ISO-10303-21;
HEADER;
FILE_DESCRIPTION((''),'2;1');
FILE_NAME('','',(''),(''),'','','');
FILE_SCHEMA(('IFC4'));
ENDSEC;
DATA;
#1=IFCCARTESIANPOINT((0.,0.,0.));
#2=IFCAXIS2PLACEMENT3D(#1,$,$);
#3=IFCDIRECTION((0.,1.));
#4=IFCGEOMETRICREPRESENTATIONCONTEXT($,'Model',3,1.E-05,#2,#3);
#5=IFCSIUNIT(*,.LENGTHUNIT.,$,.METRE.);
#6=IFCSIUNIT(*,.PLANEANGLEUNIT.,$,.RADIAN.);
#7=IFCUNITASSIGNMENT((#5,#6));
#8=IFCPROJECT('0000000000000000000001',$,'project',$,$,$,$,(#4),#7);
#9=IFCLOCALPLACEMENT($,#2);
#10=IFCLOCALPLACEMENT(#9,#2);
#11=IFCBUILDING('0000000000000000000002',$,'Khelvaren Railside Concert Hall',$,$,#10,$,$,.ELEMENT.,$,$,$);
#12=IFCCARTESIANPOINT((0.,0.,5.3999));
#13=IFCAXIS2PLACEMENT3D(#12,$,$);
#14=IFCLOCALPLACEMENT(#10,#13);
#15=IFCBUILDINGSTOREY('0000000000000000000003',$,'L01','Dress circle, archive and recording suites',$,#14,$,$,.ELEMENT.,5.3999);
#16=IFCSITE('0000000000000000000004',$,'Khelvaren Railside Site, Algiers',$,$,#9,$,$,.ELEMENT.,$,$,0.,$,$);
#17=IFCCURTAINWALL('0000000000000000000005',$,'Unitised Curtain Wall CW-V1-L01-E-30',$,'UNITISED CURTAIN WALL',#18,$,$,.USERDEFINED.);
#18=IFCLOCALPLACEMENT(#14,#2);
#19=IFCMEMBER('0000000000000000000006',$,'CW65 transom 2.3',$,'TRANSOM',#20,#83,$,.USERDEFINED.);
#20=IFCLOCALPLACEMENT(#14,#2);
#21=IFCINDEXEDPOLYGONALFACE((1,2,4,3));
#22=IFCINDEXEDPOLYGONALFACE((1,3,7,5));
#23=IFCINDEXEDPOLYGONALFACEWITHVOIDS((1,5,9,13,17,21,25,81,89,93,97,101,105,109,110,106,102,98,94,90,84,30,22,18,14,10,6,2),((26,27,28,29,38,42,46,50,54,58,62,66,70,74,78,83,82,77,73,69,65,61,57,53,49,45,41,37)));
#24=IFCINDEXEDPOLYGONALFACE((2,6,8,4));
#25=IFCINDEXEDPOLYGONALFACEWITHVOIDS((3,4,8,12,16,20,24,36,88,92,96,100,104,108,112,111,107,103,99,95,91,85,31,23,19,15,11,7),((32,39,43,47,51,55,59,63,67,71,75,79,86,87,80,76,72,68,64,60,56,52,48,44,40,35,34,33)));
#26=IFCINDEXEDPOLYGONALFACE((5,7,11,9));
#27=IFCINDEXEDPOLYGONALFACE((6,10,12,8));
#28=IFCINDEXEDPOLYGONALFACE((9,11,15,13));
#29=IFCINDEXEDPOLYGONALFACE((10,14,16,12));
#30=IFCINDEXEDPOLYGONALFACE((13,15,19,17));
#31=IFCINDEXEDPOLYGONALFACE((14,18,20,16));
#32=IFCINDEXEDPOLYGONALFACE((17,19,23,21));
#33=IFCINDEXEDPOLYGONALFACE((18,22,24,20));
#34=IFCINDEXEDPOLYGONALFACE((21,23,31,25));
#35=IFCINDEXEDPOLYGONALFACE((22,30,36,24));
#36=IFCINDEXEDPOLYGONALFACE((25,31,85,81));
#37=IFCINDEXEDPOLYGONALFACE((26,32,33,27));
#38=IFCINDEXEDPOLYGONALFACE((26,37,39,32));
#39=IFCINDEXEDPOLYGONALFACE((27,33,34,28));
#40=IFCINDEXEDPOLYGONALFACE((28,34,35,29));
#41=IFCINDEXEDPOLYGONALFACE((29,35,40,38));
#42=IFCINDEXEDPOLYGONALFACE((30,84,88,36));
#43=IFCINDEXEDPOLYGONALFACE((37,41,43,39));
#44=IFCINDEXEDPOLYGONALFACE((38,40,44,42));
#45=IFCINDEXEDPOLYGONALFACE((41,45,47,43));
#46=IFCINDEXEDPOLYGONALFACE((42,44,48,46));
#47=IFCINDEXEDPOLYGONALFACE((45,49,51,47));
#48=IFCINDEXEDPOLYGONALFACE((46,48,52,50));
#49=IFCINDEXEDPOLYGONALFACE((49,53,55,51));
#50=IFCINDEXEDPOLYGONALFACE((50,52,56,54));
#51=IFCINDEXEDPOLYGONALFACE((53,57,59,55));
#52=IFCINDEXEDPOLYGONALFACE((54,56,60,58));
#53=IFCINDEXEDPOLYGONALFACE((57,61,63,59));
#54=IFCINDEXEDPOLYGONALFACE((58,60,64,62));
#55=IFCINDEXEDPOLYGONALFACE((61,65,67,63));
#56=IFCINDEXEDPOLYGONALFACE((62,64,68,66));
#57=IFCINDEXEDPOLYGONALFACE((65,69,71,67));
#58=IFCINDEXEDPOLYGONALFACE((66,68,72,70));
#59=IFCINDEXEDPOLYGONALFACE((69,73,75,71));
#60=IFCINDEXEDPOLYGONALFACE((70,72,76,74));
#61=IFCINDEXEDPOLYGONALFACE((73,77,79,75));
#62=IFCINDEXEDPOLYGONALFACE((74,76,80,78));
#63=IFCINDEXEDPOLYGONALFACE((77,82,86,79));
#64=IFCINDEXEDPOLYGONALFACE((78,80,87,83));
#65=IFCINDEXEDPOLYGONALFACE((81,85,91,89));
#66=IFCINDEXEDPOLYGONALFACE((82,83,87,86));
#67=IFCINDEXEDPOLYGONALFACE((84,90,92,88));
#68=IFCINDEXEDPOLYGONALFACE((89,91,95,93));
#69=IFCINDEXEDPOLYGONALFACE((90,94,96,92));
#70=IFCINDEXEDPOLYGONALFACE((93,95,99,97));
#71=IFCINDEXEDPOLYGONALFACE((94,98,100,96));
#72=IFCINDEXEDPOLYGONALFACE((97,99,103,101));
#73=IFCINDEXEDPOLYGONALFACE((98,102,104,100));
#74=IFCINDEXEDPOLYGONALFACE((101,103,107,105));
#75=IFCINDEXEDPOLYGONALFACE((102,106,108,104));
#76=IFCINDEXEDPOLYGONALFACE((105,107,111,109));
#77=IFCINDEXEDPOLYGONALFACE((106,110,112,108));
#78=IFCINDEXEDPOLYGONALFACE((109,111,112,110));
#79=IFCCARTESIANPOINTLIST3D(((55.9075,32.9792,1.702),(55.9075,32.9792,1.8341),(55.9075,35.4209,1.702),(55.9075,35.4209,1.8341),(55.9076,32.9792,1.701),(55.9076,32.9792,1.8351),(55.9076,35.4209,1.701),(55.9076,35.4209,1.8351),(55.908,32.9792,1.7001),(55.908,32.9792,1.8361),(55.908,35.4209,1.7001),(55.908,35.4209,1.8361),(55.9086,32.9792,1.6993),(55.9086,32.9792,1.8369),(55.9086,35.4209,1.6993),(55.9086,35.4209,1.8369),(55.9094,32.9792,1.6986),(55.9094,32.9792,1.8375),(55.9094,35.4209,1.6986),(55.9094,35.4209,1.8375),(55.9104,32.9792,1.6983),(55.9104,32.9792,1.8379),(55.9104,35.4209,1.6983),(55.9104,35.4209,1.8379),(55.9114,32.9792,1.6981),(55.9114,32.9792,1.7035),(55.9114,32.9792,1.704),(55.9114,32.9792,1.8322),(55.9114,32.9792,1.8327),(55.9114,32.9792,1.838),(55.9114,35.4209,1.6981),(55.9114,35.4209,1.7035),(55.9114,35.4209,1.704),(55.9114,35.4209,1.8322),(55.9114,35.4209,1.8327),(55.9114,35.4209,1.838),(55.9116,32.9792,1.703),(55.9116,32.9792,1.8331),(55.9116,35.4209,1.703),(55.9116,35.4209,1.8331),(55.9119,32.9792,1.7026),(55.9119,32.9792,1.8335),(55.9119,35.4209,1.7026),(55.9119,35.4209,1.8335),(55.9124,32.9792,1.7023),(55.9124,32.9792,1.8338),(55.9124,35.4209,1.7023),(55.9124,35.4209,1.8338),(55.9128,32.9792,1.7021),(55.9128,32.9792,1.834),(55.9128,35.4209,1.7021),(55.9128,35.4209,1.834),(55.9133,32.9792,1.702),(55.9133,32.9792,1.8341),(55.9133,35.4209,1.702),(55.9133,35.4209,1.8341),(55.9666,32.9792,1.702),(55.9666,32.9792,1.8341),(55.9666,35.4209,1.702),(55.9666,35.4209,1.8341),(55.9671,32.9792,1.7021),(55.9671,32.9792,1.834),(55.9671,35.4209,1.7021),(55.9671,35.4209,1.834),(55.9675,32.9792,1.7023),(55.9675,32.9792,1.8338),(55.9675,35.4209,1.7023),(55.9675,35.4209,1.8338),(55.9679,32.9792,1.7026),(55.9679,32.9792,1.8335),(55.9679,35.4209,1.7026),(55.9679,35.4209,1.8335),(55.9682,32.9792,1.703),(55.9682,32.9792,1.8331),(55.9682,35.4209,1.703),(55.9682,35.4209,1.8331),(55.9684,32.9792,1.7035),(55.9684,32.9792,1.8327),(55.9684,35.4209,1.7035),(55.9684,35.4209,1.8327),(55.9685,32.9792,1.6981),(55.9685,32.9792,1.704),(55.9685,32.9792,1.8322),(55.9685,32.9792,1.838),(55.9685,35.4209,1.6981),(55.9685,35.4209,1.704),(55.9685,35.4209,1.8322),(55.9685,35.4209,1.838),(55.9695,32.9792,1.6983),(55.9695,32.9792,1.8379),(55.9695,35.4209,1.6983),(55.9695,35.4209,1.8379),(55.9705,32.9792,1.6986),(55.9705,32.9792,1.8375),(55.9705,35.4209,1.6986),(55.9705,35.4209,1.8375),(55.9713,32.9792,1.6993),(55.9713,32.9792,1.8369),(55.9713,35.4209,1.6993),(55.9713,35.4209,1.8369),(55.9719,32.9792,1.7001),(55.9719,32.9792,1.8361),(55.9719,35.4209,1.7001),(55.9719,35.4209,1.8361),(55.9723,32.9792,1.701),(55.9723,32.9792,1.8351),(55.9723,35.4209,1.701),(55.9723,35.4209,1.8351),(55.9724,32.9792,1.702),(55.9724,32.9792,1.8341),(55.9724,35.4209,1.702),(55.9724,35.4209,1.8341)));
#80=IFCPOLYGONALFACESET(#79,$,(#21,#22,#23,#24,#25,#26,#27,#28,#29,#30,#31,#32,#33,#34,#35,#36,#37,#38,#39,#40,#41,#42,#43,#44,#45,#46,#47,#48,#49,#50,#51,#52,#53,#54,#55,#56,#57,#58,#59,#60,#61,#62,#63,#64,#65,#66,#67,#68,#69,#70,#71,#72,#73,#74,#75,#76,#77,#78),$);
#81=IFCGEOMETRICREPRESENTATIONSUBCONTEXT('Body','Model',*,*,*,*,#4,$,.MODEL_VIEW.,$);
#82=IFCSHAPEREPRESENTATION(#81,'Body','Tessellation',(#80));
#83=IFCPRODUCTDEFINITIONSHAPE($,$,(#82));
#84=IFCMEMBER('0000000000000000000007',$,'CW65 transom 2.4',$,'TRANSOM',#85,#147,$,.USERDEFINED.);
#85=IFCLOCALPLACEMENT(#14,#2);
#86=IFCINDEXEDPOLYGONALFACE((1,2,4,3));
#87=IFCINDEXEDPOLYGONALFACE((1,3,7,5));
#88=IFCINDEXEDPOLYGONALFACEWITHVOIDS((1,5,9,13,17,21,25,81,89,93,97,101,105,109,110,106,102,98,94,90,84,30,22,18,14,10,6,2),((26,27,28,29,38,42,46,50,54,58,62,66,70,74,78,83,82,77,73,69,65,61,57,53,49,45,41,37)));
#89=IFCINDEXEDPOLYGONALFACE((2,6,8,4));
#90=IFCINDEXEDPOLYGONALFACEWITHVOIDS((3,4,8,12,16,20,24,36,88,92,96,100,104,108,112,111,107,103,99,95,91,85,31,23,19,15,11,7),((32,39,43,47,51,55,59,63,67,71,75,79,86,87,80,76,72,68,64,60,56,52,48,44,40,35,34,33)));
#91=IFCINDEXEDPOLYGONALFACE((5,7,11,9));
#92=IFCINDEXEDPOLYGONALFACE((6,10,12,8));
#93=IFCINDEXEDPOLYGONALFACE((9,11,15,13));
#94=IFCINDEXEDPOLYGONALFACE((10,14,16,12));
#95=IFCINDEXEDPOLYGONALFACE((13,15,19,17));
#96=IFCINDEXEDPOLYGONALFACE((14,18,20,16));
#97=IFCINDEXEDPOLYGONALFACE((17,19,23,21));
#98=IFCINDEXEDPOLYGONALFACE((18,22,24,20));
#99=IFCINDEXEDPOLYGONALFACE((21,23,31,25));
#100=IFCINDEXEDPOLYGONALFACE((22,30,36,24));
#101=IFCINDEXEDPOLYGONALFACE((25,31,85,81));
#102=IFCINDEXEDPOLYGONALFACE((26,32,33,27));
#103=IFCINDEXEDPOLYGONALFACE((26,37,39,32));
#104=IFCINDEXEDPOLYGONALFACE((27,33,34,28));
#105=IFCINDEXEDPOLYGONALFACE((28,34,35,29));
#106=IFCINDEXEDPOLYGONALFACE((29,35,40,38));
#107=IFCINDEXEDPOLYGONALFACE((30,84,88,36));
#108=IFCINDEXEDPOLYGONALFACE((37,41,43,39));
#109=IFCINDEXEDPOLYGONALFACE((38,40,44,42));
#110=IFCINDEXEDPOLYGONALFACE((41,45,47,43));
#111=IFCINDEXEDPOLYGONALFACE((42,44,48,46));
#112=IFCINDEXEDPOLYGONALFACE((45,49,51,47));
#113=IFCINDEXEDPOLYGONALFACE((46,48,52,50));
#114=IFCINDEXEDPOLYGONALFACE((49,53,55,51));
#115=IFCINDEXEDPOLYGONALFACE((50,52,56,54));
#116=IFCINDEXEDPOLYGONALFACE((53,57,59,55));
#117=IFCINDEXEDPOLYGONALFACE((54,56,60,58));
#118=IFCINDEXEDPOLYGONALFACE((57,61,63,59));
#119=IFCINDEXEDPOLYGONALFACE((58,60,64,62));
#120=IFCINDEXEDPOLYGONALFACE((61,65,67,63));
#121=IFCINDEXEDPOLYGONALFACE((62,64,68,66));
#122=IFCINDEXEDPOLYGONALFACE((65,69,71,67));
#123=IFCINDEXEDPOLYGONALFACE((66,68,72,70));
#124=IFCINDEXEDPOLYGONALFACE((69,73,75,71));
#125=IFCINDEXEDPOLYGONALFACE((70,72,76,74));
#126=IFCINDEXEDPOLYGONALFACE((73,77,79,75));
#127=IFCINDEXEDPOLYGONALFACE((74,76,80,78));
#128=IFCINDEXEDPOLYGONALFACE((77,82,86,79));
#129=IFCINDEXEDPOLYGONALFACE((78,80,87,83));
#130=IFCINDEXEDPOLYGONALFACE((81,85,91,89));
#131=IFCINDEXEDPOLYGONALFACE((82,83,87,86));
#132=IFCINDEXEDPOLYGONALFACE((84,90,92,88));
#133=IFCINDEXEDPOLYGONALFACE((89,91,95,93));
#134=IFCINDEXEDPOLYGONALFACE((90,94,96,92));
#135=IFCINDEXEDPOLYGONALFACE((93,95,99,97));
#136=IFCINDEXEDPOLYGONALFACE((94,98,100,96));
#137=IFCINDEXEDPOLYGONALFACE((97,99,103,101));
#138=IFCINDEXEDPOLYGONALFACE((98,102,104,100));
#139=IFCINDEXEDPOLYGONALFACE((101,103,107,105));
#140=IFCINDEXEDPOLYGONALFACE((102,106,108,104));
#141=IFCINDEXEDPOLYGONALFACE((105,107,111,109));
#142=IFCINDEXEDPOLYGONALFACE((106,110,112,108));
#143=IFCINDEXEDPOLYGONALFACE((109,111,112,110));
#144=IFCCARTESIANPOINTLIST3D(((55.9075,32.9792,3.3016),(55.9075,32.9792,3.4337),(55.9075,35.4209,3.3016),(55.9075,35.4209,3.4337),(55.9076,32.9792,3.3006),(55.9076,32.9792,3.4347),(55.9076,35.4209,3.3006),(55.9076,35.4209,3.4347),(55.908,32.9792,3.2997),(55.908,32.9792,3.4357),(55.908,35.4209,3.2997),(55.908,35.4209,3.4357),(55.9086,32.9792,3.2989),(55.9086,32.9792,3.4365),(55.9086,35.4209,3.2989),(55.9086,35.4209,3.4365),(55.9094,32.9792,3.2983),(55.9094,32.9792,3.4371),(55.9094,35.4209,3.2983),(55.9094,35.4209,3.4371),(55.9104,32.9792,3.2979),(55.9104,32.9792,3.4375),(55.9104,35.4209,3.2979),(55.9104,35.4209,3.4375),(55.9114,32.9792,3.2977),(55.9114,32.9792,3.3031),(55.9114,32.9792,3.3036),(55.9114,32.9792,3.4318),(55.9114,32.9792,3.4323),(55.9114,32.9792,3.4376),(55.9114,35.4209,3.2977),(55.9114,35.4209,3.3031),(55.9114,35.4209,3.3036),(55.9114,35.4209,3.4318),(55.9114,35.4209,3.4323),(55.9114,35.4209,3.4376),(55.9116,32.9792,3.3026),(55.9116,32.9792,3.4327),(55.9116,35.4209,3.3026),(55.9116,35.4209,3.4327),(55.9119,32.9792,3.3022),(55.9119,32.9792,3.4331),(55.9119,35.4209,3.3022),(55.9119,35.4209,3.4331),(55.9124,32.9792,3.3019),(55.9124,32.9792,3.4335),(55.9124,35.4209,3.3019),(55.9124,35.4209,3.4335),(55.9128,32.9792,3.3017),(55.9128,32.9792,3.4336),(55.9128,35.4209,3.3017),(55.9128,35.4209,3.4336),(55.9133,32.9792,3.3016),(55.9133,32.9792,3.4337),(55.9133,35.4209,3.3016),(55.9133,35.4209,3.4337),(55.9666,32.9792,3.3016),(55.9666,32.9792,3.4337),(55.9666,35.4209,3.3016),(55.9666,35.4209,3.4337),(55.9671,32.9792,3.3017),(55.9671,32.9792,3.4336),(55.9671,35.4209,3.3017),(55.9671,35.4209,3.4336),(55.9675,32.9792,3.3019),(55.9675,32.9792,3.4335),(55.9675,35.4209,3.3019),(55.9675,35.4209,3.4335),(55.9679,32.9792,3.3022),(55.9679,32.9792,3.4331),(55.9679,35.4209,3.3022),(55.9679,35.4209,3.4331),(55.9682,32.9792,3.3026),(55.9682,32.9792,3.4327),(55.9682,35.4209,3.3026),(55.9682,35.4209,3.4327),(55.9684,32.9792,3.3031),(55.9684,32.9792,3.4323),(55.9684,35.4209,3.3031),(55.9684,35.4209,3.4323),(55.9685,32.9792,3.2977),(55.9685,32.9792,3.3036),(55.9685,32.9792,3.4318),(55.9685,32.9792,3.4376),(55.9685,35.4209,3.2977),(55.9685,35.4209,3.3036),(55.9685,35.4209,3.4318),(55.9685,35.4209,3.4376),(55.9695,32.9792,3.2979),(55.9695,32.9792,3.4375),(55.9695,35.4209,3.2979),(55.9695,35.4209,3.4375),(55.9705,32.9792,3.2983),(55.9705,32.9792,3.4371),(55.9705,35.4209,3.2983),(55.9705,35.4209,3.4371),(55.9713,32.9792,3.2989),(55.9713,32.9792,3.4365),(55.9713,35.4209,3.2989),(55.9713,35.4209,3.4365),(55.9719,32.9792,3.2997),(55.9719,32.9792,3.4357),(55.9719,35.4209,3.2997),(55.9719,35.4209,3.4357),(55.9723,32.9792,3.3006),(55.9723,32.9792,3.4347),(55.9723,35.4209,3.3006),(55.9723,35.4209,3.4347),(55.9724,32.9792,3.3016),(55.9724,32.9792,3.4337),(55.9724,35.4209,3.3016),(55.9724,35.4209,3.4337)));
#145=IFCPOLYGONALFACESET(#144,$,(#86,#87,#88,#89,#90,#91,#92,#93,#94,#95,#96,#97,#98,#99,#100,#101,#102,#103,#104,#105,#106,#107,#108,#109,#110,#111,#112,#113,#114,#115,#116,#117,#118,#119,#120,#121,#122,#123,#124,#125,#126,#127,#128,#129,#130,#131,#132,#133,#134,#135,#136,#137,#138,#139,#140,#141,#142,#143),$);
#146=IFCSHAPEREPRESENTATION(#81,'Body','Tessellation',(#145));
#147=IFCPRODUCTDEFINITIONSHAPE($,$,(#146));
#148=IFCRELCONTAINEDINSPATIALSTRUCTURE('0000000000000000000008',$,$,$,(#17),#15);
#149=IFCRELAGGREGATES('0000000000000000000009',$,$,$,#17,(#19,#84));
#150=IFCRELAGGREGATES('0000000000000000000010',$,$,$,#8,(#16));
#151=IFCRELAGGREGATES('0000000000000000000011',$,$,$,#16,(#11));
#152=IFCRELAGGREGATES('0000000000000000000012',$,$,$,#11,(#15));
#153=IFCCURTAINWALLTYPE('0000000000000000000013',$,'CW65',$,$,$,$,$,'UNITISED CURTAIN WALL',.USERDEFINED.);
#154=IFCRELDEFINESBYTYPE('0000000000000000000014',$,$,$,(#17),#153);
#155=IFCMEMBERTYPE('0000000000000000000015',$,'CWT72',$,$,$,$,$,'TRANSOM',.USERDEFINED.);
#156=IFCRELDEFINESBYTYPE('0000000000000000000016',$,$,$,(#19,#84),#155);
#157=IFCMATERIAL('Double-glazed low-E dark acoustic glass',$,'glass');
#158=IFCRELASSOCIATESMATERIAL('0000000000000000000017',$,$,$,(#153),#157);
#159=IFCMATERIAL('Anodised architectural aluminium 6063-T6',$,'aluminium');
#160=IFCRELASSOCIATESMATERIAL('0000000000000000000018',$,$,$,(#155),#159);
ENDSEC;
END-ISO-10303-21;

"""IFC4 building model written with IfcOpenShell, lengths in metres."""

from ifc_helpers import new_model, si_unit, direction, frame, origin, origin_2d, place, context, subcontext, project, spatial, hollow_rectangle, extrude, material, material_profile, profile_set, type_object, element, aggregate, save


model = new_model("IFC4")

# Units and contexts
model_context = context("Model", 3, precision=1e-05, world=origin(), true_north=direction((0.0, 1.0)))
body_context = subcontext(model_context, "Body", "Model", "MODEL_VIEW")
ifc_project = project(units=[si_unit("LENGTHUNIT", "METRE"), si_unit("PLANEANGLEUNIT", "RADIAN")], contexts=[model_context])

# Site, building, storey
site_placement = place(None, origin())
site = spatial("IfcSite", under=ifc_project, at=site_placement, Name="Khelvaren Railside Site, Algiers", CompositionType="ELEMENT", RefElevation=0.0)
building_placement = place(site_placement, origin())
building = spatial("IfcBuilding", under=site, at=building_placement, Name="Khelvaren Railside Concert Hall", CompositionType="ELEMENT")
storey_placement = place(building_placement, frame((0.0, 0.0, 5.3999)))
storey = spatial("IfcBuildingStorey", under=building, at=storey_placement, Name="L01", Description="Dress circle, archive and recording suites", CompositionType="ELEMENT", Elevation=5.3999)

# Curtain wall
ifc_material_1 = material(Name="Double-glazed low-E dark acoustic glass", Category="glass")
curtain_wall_type_1 = type_object("IfcCurtainWallType", Name="CW65", ElementType="UNITISED CURTAIN WALL", PredefinedType="USERDEFINED", material=ifc_material_1)
curtain_wall_1_placement = place(storey_placement, origin())
curtain_wall_1 = element("IfcCurtainWall", 1, at=curtain_wall_1_placement, inside=storey, type_object=curtain_wall_type_1, Name="Unitised Curtain Wall CW-V1-L01-E-30", ObjectType="UNITISED CURTAIN WALL", PredefinedType="USERDEFINED")
ifc_material_2 = material(Name="Anodised architectural aluminium 6063-T6", Category="aluminium")

# Members
ifc_material_profile_1 = material_profile(ifc_material_2, hollow_rectangle(XDim=0.0649, YDim=0.1399, WallThickness=0.0039, InnerFilletRadius=0.002, OuterFilletRadius=0.0039, at=origin_2d()), Name="CWT 65x140x4")
ifc_profile_set_1 = profile_set([ifc_material_profile_1], Name="Anodised architectural aluminium 6063-T6")
member_type_1 = type_object("IfcMemberType", Name="CWT72", ElementType="TRANSOM", PredefinedType="USERDEFINED", material=ifc_profile_set_1)
member_1_placement = place(storey_placement, frame((55.9399, 35.4209, 1.7681), z_axis=(0.0, -1.0, 0.0), x_axis=(1.0, 0.0, 0.0)))
member_1 = element("IfcMember", 2, at=member_1_placement, type_object=member_type_1, Name="CW65 transom 2.3", ObjectType="TRANSOM", PredefinedType="USERDEFINED", context=body_context, shape_type="SweptSolid", body=[
    extrude(hollow_rectangle(XDim=0.0649, YDim=0.1399, WallThickness=0.0039, InnerFilletRadius=0.002, OuterFilletRadius=0.0039, at=origin_2d()), origin(), (0.0, 0.0, 1.0), 2.4417),
])
member_2_placement = place(storey_placement, frame((55.9399, 35.4209, 3.3677), z_axis=(0.0, -1.0, 0.0), x_axis=(1.0, 0.0, 0.0)))
member_2 = element("IfcMember", 3, at=member_2_placement, type_object=member_type_1, Name="CW65 transom 2.4", ObjectType="TRANSOM", PredefinedType="USERDEFINED", context=body_context, shape_type="SweptSolid", body=[
    extrude(hollow_rectangle(XDim=0.0649, YDim=0.1399, WallThickness=0.0039, InnerFilletRadius=0.002, OuterFilletRadius=0.0039, at=origin_2d()), origin(), (0.0, 0.0, 1.0), 2.4417),
])

aggregate(curtain_wall_1, [member_1, member_2])

save(model, "model.ifc")
